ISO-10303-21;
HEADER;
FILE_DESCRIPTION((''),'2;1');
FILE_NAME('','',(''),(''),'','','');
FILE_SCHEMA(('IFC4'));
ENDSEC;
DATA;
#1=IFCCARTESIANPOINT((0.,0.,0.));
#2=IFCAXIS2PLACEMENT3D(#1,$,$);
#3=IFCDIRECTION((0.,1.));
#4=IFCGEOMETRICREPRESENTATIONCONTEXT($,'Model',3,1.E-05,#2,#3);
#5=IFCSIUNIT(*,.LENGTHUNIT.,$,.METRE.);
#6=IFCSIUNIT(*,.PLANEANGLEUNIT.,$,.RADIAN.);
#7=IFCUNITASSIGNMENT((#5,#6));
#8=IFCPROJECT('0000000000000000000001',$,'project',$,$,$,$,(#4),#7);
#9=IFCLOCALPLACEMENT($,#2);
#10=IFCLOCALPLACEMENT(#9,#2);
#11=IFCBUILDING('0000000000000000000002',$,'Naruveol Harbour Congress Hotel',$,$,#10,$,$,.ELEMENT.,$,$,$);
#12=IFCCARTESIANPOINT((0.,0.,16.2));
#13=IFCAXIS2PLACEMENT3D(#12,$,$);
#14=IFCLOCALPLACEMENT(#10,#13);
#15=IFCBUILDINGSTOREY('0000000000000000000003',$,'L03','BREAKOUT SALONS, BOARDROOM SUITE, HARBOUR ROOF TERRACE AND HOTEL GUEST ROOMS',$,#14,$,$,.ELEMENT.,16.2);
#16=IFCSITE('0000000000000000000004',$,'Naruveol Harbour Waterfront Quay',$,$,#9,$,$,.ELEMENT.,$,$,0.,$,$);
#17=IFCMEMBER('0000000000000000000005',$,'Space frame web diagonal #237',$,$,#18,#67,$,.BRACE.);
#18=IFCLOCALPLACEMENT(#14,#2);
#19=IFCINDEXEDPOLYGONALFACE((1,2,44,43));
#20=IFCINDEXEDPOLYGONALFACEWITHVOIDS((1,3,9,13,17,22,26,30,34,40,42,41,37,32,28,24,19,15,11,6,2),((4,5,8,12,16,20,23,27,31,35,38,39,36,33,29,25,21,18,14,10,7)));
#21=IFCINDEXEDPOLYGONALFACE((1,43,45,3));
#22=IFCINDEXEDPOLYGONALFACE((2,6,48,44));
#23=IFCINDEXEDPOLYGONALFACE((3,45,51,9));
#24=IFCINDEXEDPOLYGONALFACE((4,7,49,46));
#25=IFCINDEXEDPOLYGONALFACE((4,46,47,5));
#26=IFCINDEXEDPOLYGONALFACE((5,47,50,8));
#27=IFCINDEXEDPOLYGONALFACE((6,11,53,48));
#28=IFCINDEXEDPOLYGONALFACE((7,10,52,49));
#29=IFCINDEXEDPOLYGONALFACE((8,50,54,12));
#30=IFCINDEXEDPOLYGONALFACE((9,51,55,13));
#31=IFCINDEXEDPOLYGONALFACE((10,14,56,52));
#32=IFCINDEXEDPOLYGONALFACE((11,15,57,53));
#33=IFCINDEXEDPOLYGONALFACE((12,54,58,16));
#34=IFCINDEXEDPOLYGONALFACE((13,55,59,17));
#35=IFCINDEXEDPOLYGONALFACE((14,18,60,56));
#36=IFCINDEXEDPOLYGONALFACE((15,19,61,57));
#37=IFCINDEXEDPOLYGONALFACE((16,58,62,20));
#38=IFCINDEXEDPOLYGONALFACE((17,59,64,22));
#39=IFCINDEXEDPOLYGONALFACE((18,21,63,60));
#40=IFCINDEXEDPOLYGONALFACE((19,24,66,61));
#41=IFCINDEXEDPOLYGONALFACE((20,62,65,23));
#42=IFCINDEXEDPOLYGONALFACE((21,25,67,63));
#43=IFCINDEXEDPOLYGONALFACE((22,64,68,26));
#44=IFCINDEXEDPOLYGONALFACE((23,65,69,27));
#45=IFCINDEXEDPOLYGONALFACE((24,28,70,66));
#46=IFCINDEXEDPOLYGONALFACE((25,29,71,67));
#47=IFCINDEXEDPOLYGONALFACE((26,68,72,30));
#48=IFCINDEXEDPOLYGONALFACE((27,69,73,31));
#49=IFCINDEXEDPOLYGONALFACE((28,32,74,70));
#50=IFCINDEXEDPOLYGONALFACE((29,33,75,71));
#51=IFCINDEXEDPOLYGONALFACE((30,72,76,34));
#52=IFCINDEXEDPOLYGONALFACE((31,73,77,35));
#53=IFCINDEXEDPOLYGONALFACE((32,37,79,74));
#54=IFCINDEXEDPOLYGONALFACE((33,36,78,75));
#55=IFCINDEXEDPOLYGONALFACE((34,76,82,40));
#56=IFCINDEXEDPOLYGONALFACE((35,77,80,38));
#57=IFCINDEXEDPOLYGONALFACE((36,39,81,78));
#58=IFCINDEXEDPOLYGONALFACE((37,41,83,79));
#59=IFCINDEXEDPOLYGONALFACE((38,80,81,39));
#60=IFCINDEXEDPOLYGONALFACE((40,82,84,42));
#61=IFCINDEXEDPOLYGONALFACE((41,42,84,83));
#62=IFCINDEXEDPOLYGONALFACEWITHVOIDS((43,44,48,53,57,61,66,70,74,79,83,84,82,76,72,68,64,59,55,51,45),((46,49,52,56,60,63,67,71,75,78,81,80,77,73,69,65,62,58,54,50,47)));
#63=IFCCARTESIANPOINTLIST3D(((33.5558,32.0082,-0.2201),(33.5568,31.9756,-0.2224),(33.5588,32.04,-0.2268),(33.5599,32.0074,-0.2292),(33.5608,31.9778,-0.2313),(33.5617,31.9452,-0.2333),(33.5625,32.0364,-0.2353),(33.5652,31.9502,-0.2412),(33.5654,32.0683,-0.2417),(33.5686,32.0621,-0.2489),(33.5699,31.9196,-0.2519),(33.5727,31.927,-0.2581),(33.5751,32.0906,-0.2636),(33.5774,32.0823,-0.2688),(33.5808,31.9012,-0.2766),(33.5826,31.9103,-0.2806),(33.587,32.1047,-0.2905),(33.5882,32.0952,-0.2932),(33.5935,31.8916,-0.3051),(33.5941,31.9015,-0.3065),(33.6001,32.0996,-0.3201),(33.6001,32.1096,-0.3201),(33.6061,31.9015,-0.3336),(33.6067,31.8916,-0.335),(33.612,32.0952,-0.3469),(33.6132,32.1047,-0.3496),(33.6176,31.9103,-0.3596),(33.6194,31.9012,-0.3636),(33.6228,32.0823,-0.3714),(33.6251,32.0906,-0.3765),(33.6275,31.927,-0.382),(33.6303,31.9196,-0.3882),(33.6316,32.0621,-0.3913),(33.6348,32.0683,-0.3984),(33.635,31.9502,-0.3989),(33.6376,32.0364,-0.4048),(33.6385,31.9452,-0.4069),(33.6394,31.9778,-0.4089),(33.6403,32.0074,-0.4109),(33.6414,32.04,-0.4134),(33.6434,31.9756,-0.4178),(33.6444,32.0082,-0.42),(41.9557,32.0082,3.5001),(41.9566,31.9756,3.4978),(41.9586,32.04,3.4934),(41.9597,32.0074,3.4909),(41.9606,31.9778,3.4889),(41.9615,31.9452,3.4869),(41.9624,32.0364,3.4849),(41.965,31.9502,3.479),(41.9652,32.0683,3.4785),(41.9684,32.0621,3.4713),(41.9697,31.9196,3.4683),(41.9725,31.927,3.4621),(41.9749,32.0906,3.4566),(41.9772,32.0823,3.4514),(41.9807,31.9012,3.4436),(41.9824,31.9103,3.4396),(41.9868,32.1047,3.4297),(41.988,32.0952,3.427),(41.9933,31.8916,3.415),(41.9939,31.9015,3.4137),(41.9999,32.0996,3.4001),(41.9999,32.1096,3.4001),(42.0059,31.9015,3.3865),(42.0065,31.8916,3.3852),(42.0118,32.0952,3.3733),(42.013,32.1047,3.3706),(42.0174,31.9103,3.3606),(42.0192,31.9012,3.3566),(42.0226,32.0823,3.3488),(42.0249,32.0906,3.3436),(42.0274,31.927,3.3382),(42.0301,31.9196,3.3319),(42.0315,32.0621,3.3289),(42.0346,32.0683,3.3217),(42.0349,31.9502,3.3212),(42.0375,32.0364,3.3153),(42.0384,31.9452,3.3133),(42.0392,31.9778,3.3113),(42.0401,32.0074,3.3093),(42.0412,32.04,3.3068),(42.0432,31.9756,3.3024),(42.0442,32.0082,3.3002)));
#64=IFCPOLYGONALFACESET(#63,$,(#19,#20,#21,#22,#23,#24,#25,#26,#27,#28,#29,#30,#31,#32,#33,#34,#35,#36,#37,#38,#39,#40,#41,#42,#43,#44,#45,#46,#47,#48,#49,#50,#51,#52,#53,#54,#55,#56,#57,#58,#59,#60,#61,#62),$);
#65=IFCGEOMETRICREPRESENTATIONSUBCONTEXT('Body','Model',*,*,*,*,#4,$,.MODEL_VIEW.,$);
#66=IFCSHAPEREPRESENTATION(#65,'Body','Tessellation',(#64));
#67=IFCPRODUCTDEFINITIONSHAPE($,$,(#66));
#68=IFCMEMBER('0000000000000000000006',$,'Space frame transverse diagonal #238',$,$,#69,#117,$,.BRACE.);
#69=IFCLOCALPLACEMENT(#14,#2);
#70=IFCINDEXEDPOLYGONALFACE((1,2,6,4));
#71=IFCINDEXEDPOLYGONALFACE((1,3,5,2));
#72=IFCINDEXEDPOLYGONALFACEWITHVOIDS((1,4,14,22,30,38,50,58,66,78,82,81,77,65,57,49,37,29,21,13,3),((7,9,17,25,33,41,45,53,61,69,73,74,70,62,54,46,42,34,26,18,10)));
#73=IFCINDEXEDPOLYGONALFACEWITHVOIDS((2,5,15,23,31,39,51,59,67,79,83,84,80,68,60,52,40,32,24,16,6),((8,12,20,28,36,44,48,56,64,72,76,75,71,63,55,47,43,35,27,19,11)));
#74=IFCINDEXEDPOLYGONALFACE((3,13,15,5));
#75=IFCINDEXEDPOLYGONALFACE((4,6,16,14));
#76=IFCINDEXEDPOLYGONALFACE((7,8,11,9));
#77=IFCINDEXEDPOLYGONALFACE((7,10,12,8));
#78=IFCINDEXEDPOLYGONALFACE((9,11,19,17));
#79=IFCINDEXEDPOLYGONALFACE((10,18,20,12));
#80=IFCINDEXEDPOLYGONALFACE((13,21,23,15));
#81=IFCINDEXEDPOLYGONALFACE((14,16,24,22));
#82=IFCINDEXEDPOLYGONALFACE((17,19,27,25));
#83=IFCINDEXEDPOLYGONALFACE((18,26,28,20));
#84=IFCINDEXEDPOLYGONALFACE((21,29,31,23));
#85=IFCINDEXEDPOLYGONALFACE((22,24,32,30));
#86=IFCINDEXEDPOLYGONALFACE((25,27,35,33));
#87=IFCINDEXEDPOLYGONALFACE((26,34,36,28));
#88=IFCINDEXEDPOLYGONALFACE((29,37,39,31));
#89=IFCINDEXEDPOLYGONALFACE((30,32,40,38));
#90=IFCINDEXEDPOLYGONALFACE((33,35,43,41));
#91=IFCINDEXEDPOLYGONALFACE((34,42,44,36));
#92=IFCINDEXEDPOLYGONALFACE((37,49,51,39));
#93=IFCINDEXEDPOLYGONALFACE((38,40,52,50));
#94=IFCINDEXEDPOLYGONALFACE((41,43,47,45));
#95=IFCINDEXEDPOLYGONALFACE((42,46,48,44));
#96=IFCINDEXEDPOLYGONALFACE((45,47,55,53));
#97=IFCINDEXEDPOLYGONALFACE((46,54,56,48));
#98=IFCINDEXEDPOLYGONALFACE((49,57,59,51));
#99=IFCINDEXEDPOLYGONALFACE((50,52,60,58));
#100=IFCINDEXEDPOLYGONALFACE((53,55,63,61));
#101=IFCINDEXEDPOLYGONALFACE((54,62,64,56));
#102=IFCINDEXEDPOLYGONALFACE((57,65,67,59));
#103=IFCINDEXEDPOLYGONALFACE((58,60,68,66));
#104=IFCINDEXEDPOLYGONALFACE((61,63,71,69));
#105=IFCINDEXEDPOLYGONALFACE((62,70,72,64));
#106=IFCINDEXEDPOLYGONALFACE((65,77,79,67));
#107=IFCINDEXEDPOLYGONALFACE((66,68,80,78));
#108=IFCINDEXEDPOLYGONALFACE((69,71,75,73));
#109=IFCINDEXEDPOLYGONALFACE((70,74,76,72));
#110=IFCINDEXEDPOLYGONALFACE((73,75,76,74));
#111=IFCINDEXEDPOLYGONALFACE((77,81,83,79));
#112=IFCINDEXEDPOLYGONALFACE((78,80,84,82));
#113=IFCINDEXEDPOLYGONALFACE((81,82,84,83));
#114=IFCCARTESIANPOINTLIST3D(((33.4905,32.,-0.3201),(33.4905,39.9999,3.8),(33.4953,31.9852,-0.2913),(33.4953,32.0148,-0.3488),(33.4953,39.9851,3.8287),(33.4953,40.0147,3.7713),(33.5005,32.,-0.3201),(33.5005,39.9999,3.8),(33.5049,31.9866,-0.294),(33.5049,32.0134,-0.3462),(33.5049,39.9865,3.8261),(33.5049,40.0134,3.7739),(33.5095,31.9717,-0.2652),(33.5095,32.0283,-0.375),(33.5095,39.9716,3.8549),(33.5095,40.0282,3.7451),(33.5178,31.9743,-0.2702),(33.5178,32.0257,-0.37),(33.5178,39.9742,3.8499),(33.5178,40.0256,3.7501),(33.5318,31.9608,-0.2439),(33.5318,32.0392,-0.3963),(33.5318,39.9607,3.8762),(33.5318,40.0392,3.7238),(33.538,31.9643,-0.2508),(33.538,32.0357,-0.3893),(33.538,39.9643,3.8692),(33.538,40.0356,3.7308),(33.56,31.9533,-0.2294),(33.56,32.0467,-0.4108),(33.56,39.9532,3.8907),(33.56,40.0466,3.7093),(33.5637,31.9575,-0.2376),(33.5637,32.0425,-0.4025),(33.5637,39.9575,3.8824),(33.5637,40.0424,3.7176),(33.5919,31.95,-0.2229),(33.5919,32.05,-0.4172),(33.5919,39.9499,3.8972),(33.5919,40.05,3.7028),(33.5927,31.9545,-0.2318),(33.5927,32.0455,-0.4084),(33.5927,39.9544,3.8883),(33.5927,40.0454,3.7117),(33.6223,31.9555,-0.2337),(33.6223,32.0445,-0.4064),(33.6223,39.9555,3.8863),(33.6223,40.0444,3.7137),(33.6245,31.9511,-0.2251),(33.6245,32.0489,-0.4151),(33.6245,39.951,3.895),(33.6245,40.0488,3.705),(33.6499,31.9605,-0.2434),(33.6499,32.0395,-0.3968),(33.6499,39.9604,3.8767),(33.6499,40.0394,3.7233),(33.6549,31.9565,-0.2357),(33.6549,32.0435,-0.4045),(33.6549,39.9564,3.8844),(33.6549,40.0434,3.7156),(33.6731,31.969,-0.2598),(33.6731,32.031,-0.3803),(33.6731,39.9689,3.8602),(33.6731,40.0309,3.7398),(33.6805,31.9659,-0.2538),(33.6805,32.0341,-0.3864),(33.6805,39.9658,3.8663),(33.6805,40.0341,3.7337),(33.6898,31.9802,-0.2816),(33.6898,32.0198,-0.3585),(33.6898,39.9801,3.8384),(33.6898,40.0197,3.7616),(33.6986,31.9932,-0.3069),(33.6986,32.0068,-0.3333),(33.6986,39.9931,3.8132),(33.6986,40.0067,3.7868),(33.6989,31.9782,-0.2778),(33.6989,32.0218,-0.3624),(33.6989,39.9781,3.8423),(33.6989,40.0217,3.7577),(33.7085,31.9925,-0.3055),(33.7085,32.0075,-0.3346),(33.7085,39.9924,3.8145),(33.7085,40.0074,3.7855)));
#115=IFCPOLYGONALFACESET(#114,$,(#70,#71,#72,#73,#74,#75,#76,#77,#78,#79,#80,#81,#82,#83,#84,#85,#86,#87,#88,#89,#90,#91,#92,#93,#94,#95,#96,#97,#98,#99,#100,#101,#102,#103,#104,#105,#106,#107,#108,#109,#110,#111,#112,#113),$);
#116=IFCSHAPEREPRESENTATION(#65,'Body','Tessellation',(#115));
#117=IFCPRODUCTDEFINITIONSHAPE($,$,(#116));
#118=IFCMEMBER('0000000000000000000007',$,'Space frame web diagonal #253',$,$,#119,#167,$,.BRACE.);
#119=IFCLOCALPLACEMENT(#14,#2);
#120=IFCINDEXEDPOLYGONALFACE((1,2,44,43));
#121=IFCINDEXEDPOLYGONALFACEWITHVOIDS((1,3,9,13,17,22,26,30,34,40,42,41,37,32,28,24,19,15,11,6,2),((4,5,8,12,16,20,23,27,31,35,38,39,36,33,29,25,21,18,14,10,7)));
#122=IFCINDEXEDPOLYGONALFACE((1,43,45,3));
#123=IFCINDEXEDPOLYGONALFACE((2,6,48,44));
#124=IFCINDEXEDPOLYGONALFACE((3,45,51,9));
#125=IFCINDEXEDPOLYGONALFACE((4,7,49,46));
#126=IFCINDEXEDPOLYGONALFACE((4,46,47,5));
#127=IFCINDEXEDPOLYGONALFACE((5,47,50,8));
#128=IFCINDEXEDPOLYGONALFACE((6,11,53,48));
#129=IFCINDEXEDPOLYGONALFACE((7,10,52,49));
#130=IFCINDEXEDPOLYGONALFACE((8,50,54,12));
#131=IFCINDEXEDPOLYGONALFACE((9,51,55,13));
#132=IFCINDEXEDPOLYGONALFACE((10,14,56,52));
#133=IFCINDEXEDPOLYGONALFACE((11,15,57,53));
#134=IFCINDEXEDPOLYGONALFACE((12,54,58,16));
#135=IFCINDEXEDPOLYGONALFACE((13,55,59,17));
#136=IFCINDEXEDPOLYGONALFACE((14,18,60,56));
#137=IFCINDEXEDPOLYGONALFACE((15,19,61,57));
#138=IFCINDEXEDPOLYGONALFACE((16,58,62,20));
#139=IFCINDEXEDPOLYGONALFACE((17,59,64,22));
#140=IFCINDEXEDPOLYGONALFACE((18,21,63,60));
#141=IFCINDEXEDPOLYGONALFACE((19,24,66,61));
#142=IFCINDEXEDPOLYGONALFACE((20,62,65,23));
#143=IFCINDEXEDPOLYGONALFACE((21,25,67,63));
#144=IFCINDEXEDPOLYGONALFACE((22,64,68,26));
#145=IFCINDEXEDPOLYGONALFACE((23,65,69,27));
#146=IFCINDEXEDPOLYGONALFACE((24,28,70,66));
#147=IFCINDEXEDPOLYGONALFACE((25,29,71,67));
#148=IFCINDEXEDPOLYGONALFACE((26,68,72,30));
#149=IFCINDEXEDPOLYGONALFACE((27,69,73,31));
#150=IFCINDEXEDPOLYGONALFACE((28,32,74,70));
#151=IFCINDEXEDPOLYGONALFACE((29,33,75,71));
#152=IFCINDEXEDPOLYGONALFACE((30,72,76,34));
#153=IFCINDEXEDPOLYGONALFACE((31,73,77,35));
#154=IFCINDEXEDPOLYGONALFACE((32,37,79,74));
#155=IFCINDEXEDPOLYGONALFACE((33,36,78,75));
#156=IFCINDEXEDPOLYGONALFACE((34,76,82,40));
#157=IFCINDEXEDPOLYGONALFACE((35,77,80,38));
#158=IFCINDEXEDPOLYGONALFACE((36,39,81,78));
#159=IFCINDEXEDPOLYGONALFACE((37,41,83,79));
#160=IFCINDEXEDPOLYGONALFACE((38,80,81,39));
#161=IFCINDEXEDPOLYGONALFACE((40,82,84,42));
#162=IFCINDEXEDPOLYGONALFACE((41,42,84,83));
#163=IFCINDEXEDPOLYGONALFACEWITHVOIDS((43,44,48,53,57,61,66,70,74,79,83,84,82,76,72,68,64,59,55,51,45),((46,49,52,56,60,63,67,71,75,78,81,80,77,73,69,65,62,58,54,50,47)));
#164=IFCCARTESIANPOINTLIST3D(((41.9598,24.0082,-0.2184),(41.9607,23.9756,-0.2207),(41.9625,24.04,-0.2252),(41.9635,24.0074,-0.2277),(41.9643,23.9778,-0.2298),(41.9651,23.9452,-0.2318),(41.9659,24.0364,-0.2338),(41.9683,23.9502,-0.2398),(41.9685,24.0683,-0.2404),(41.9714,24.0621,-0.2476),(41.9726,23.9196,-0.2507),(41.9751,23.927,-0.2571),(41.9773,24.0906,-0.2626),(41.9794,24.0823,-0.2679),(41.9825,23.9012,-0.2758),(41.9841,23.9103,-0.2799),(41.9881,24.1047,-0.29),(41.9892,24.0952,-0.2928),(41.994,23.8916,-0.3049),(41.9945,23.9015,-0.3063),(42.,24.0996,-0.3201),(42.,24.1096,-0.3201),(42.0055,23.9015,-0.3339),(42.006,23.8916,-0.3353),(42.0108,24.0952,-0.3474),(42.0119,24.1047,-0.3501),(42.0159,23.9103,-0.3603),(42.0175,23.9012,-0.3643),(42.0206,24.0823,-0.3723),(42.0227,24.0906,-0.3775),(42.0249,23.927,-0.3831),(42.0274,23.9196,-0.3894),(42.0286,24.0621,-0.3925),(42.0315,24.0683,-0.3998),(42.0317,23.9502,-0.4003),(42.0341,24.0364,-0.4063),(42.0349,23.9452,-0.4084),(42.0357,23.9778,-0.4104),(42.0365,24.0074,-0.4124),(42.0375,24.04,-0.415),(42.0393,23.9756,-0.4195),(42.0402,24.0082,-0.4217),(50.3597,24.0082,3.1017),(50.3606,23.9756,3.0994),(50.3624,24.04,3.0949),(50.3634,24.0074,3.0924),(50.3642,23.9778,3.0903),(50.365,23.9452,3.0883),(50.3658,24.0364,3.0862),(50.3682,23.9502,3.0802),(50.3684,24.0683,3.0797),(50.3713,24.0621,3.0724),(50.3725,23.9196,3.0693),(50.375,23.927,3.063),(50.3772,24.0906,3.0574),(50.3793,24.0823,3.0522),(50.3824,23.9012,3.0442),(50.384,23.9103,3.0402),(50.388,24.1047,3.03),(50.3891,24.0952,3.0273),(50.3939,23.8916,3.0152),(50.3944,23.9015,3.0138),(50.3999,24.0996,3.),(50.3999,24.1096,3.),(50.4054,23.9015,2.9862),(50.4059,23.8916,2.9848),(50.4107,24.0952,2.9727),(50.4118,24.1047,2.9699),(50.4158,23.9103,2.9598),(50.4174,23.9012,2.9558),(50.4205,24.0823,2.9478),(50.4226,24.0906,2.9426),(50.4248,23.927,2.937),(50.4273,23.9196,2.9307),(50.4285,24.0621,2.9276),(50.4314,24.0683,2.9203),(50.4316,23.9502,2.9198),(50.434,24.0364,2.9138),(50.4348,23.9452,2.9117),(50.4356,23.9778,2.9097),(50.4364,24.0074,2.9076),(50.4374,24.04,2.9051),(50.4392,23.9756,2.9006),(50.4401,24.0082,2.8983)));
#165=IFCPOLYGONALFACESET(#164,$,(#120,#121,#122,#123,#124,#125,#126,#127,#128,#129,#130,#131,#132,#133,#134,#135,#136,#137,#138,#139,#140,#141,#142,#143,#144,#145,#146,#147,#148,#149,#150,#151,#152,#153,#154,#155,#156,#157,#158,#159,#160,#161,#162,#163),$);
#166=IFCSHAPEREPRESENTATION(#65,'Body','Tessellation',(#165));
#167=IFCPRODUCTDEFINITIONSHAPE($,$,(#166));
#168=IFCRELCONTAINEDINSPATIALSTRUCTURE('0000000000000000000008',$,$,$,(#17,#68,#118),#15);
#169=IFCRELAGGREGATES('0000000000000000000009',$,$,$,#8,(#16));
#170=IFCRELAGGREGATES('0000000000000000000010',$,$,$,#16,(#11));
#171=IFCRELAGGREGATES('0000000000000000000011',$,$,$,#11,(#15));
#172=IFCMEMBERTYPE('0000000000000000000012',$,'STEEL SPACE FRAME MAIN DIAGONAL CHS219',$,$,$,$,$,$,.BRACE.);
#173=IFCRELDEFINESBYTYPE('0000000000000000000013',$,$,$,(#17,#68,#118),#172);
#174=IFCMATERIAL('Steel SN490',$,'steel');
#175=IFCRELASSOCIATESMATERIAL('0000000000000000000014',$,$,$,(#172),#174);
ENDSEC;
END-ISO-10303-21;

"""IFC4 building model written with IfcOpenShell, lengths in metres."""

from ifc_helpers import new_model, si_unit, direction, frame, origin, origin_2d, place, context, subcontext, project, spatial, hollow_circle, extrude, material, material_profile, profile_set, type_object, element, save


model = new_model("IFC4")

# Units and contexts
model_context = context("Model", 3, precision=1e-05, world=origin(), true_north=direction((0.0, 1.0)))
body_context = subcontext(model_context, "Body", "Model", "MODEL_VIEW")
ifc_project = project(units=[si_unit("LENGTHUNIT", "METRE"), si_unit("PLANEANGLEUNIT", "RADIAN")], contexts=[model_context])

# Site, building, storey
site_placement = place(None, origin())
site = spatial("IfcSite", under=ifc_project, at=site_placement, Name="Naruveol Harbour Waterfront Quay", CompositionType="ELEMENT", RefElevation=0.0)
building_placement = place(site_placement, origin())
building = spatial("IfcBuilding", under=site, at=building_placement, Name="Naruveol Harbour Congress Hotel", CompositionType="ELEMENT")
storey_placement = place(building_placement, frame((0.0, 0.0, 16.2)))
storey = spatial("IfcBuildingStorey", under=building, at=storey_placement, Name="L03", Description="BREAKOUT SALONS, BOARDROOM SUITE, HARBOUR ROOF TERRACE AND HOTEL GUEST ROOMS", CompositionType="ELEMENT", Elevation=16.2)

# Members
ifc_material_1 = material(Name="Steel SN490", Category="steel")
ifc_material_profile_1 = material_profile(ifc_material_1, hollow_circle(Radius=0.1096, WallThickness=0.01, at=origin_2d()), Name="CHS-219.1x10")
ifc_profile_set_1 = profile_set([ifc_material_profile_1], Name="Steel SN490")
member_type_1 = type_object("IfcMemberType", Name="STEEL SPACE FRAME MAIN DIAGONAL CHS219", PredefinedType="BRACE", material=ifc_profile_set_1)
member_1_placement = place(storey_placement, frame((33.6001, 32.0, -0.3201), z_axis=(0.914339, 0.0, 0.40495), x_axis=(0.0, 1.0, 0.0)))
element("IfcMember", 1, at=member_1_placement, inside=storey, type_object=member_type_1, Name="Space frame web diagonal #237", PredefinedType="BRACE", context=body_context, shape_type="SweptSolid", body=[
    extrude(hollow_circle(Radius=0.1096, WallThickness=0.01, at=origin_2d()), origin(), (0.0, 0.0, 1.0), 9.1868),
])
member_2_placement = place(storey_placement, frame((33.6001, 32.0, -0.3201), z_axis=(0.0, 0.889024, 0.45786), x_axis=(-1.0, 0.0, 0.0)))
element("IfcMember", 2, at=member_2_placement, inside=storey, type_object=member_type_1, Name="Space frame transverse diagonal #238", PredefinedType="BRACE", context=body_context, shape_type="SweptSolid", body=[
    extrude(hollow_circle(Radius=0.1096, WallThickness=0.01, at=origin_2d()), origin(), (0.0, 0.0, 1.0), 8.9985),
])
member_3_placement = place(storey_placement, frame((42.0, 24.0, -0.3201), z_axis=(0.929992, 0.0, 0.36758), x_axis=(0.0, 1.0, 0.0)))
element("IfcMember", 3, at=member_3_placement, inside=storey, type_object=member_type_1, Name="Space frame web diagonal #253", PredefinedType="BRACE", context=body_context, shape_type="SweptSolid", body=[
    extrude(hollow_circle(Radius=0.1096, WallThickness=0.01, at=origin_2d()), origin(), (0.0, 0.0, 1.0), 9.0322),
])

save(model, "model.ifc")
